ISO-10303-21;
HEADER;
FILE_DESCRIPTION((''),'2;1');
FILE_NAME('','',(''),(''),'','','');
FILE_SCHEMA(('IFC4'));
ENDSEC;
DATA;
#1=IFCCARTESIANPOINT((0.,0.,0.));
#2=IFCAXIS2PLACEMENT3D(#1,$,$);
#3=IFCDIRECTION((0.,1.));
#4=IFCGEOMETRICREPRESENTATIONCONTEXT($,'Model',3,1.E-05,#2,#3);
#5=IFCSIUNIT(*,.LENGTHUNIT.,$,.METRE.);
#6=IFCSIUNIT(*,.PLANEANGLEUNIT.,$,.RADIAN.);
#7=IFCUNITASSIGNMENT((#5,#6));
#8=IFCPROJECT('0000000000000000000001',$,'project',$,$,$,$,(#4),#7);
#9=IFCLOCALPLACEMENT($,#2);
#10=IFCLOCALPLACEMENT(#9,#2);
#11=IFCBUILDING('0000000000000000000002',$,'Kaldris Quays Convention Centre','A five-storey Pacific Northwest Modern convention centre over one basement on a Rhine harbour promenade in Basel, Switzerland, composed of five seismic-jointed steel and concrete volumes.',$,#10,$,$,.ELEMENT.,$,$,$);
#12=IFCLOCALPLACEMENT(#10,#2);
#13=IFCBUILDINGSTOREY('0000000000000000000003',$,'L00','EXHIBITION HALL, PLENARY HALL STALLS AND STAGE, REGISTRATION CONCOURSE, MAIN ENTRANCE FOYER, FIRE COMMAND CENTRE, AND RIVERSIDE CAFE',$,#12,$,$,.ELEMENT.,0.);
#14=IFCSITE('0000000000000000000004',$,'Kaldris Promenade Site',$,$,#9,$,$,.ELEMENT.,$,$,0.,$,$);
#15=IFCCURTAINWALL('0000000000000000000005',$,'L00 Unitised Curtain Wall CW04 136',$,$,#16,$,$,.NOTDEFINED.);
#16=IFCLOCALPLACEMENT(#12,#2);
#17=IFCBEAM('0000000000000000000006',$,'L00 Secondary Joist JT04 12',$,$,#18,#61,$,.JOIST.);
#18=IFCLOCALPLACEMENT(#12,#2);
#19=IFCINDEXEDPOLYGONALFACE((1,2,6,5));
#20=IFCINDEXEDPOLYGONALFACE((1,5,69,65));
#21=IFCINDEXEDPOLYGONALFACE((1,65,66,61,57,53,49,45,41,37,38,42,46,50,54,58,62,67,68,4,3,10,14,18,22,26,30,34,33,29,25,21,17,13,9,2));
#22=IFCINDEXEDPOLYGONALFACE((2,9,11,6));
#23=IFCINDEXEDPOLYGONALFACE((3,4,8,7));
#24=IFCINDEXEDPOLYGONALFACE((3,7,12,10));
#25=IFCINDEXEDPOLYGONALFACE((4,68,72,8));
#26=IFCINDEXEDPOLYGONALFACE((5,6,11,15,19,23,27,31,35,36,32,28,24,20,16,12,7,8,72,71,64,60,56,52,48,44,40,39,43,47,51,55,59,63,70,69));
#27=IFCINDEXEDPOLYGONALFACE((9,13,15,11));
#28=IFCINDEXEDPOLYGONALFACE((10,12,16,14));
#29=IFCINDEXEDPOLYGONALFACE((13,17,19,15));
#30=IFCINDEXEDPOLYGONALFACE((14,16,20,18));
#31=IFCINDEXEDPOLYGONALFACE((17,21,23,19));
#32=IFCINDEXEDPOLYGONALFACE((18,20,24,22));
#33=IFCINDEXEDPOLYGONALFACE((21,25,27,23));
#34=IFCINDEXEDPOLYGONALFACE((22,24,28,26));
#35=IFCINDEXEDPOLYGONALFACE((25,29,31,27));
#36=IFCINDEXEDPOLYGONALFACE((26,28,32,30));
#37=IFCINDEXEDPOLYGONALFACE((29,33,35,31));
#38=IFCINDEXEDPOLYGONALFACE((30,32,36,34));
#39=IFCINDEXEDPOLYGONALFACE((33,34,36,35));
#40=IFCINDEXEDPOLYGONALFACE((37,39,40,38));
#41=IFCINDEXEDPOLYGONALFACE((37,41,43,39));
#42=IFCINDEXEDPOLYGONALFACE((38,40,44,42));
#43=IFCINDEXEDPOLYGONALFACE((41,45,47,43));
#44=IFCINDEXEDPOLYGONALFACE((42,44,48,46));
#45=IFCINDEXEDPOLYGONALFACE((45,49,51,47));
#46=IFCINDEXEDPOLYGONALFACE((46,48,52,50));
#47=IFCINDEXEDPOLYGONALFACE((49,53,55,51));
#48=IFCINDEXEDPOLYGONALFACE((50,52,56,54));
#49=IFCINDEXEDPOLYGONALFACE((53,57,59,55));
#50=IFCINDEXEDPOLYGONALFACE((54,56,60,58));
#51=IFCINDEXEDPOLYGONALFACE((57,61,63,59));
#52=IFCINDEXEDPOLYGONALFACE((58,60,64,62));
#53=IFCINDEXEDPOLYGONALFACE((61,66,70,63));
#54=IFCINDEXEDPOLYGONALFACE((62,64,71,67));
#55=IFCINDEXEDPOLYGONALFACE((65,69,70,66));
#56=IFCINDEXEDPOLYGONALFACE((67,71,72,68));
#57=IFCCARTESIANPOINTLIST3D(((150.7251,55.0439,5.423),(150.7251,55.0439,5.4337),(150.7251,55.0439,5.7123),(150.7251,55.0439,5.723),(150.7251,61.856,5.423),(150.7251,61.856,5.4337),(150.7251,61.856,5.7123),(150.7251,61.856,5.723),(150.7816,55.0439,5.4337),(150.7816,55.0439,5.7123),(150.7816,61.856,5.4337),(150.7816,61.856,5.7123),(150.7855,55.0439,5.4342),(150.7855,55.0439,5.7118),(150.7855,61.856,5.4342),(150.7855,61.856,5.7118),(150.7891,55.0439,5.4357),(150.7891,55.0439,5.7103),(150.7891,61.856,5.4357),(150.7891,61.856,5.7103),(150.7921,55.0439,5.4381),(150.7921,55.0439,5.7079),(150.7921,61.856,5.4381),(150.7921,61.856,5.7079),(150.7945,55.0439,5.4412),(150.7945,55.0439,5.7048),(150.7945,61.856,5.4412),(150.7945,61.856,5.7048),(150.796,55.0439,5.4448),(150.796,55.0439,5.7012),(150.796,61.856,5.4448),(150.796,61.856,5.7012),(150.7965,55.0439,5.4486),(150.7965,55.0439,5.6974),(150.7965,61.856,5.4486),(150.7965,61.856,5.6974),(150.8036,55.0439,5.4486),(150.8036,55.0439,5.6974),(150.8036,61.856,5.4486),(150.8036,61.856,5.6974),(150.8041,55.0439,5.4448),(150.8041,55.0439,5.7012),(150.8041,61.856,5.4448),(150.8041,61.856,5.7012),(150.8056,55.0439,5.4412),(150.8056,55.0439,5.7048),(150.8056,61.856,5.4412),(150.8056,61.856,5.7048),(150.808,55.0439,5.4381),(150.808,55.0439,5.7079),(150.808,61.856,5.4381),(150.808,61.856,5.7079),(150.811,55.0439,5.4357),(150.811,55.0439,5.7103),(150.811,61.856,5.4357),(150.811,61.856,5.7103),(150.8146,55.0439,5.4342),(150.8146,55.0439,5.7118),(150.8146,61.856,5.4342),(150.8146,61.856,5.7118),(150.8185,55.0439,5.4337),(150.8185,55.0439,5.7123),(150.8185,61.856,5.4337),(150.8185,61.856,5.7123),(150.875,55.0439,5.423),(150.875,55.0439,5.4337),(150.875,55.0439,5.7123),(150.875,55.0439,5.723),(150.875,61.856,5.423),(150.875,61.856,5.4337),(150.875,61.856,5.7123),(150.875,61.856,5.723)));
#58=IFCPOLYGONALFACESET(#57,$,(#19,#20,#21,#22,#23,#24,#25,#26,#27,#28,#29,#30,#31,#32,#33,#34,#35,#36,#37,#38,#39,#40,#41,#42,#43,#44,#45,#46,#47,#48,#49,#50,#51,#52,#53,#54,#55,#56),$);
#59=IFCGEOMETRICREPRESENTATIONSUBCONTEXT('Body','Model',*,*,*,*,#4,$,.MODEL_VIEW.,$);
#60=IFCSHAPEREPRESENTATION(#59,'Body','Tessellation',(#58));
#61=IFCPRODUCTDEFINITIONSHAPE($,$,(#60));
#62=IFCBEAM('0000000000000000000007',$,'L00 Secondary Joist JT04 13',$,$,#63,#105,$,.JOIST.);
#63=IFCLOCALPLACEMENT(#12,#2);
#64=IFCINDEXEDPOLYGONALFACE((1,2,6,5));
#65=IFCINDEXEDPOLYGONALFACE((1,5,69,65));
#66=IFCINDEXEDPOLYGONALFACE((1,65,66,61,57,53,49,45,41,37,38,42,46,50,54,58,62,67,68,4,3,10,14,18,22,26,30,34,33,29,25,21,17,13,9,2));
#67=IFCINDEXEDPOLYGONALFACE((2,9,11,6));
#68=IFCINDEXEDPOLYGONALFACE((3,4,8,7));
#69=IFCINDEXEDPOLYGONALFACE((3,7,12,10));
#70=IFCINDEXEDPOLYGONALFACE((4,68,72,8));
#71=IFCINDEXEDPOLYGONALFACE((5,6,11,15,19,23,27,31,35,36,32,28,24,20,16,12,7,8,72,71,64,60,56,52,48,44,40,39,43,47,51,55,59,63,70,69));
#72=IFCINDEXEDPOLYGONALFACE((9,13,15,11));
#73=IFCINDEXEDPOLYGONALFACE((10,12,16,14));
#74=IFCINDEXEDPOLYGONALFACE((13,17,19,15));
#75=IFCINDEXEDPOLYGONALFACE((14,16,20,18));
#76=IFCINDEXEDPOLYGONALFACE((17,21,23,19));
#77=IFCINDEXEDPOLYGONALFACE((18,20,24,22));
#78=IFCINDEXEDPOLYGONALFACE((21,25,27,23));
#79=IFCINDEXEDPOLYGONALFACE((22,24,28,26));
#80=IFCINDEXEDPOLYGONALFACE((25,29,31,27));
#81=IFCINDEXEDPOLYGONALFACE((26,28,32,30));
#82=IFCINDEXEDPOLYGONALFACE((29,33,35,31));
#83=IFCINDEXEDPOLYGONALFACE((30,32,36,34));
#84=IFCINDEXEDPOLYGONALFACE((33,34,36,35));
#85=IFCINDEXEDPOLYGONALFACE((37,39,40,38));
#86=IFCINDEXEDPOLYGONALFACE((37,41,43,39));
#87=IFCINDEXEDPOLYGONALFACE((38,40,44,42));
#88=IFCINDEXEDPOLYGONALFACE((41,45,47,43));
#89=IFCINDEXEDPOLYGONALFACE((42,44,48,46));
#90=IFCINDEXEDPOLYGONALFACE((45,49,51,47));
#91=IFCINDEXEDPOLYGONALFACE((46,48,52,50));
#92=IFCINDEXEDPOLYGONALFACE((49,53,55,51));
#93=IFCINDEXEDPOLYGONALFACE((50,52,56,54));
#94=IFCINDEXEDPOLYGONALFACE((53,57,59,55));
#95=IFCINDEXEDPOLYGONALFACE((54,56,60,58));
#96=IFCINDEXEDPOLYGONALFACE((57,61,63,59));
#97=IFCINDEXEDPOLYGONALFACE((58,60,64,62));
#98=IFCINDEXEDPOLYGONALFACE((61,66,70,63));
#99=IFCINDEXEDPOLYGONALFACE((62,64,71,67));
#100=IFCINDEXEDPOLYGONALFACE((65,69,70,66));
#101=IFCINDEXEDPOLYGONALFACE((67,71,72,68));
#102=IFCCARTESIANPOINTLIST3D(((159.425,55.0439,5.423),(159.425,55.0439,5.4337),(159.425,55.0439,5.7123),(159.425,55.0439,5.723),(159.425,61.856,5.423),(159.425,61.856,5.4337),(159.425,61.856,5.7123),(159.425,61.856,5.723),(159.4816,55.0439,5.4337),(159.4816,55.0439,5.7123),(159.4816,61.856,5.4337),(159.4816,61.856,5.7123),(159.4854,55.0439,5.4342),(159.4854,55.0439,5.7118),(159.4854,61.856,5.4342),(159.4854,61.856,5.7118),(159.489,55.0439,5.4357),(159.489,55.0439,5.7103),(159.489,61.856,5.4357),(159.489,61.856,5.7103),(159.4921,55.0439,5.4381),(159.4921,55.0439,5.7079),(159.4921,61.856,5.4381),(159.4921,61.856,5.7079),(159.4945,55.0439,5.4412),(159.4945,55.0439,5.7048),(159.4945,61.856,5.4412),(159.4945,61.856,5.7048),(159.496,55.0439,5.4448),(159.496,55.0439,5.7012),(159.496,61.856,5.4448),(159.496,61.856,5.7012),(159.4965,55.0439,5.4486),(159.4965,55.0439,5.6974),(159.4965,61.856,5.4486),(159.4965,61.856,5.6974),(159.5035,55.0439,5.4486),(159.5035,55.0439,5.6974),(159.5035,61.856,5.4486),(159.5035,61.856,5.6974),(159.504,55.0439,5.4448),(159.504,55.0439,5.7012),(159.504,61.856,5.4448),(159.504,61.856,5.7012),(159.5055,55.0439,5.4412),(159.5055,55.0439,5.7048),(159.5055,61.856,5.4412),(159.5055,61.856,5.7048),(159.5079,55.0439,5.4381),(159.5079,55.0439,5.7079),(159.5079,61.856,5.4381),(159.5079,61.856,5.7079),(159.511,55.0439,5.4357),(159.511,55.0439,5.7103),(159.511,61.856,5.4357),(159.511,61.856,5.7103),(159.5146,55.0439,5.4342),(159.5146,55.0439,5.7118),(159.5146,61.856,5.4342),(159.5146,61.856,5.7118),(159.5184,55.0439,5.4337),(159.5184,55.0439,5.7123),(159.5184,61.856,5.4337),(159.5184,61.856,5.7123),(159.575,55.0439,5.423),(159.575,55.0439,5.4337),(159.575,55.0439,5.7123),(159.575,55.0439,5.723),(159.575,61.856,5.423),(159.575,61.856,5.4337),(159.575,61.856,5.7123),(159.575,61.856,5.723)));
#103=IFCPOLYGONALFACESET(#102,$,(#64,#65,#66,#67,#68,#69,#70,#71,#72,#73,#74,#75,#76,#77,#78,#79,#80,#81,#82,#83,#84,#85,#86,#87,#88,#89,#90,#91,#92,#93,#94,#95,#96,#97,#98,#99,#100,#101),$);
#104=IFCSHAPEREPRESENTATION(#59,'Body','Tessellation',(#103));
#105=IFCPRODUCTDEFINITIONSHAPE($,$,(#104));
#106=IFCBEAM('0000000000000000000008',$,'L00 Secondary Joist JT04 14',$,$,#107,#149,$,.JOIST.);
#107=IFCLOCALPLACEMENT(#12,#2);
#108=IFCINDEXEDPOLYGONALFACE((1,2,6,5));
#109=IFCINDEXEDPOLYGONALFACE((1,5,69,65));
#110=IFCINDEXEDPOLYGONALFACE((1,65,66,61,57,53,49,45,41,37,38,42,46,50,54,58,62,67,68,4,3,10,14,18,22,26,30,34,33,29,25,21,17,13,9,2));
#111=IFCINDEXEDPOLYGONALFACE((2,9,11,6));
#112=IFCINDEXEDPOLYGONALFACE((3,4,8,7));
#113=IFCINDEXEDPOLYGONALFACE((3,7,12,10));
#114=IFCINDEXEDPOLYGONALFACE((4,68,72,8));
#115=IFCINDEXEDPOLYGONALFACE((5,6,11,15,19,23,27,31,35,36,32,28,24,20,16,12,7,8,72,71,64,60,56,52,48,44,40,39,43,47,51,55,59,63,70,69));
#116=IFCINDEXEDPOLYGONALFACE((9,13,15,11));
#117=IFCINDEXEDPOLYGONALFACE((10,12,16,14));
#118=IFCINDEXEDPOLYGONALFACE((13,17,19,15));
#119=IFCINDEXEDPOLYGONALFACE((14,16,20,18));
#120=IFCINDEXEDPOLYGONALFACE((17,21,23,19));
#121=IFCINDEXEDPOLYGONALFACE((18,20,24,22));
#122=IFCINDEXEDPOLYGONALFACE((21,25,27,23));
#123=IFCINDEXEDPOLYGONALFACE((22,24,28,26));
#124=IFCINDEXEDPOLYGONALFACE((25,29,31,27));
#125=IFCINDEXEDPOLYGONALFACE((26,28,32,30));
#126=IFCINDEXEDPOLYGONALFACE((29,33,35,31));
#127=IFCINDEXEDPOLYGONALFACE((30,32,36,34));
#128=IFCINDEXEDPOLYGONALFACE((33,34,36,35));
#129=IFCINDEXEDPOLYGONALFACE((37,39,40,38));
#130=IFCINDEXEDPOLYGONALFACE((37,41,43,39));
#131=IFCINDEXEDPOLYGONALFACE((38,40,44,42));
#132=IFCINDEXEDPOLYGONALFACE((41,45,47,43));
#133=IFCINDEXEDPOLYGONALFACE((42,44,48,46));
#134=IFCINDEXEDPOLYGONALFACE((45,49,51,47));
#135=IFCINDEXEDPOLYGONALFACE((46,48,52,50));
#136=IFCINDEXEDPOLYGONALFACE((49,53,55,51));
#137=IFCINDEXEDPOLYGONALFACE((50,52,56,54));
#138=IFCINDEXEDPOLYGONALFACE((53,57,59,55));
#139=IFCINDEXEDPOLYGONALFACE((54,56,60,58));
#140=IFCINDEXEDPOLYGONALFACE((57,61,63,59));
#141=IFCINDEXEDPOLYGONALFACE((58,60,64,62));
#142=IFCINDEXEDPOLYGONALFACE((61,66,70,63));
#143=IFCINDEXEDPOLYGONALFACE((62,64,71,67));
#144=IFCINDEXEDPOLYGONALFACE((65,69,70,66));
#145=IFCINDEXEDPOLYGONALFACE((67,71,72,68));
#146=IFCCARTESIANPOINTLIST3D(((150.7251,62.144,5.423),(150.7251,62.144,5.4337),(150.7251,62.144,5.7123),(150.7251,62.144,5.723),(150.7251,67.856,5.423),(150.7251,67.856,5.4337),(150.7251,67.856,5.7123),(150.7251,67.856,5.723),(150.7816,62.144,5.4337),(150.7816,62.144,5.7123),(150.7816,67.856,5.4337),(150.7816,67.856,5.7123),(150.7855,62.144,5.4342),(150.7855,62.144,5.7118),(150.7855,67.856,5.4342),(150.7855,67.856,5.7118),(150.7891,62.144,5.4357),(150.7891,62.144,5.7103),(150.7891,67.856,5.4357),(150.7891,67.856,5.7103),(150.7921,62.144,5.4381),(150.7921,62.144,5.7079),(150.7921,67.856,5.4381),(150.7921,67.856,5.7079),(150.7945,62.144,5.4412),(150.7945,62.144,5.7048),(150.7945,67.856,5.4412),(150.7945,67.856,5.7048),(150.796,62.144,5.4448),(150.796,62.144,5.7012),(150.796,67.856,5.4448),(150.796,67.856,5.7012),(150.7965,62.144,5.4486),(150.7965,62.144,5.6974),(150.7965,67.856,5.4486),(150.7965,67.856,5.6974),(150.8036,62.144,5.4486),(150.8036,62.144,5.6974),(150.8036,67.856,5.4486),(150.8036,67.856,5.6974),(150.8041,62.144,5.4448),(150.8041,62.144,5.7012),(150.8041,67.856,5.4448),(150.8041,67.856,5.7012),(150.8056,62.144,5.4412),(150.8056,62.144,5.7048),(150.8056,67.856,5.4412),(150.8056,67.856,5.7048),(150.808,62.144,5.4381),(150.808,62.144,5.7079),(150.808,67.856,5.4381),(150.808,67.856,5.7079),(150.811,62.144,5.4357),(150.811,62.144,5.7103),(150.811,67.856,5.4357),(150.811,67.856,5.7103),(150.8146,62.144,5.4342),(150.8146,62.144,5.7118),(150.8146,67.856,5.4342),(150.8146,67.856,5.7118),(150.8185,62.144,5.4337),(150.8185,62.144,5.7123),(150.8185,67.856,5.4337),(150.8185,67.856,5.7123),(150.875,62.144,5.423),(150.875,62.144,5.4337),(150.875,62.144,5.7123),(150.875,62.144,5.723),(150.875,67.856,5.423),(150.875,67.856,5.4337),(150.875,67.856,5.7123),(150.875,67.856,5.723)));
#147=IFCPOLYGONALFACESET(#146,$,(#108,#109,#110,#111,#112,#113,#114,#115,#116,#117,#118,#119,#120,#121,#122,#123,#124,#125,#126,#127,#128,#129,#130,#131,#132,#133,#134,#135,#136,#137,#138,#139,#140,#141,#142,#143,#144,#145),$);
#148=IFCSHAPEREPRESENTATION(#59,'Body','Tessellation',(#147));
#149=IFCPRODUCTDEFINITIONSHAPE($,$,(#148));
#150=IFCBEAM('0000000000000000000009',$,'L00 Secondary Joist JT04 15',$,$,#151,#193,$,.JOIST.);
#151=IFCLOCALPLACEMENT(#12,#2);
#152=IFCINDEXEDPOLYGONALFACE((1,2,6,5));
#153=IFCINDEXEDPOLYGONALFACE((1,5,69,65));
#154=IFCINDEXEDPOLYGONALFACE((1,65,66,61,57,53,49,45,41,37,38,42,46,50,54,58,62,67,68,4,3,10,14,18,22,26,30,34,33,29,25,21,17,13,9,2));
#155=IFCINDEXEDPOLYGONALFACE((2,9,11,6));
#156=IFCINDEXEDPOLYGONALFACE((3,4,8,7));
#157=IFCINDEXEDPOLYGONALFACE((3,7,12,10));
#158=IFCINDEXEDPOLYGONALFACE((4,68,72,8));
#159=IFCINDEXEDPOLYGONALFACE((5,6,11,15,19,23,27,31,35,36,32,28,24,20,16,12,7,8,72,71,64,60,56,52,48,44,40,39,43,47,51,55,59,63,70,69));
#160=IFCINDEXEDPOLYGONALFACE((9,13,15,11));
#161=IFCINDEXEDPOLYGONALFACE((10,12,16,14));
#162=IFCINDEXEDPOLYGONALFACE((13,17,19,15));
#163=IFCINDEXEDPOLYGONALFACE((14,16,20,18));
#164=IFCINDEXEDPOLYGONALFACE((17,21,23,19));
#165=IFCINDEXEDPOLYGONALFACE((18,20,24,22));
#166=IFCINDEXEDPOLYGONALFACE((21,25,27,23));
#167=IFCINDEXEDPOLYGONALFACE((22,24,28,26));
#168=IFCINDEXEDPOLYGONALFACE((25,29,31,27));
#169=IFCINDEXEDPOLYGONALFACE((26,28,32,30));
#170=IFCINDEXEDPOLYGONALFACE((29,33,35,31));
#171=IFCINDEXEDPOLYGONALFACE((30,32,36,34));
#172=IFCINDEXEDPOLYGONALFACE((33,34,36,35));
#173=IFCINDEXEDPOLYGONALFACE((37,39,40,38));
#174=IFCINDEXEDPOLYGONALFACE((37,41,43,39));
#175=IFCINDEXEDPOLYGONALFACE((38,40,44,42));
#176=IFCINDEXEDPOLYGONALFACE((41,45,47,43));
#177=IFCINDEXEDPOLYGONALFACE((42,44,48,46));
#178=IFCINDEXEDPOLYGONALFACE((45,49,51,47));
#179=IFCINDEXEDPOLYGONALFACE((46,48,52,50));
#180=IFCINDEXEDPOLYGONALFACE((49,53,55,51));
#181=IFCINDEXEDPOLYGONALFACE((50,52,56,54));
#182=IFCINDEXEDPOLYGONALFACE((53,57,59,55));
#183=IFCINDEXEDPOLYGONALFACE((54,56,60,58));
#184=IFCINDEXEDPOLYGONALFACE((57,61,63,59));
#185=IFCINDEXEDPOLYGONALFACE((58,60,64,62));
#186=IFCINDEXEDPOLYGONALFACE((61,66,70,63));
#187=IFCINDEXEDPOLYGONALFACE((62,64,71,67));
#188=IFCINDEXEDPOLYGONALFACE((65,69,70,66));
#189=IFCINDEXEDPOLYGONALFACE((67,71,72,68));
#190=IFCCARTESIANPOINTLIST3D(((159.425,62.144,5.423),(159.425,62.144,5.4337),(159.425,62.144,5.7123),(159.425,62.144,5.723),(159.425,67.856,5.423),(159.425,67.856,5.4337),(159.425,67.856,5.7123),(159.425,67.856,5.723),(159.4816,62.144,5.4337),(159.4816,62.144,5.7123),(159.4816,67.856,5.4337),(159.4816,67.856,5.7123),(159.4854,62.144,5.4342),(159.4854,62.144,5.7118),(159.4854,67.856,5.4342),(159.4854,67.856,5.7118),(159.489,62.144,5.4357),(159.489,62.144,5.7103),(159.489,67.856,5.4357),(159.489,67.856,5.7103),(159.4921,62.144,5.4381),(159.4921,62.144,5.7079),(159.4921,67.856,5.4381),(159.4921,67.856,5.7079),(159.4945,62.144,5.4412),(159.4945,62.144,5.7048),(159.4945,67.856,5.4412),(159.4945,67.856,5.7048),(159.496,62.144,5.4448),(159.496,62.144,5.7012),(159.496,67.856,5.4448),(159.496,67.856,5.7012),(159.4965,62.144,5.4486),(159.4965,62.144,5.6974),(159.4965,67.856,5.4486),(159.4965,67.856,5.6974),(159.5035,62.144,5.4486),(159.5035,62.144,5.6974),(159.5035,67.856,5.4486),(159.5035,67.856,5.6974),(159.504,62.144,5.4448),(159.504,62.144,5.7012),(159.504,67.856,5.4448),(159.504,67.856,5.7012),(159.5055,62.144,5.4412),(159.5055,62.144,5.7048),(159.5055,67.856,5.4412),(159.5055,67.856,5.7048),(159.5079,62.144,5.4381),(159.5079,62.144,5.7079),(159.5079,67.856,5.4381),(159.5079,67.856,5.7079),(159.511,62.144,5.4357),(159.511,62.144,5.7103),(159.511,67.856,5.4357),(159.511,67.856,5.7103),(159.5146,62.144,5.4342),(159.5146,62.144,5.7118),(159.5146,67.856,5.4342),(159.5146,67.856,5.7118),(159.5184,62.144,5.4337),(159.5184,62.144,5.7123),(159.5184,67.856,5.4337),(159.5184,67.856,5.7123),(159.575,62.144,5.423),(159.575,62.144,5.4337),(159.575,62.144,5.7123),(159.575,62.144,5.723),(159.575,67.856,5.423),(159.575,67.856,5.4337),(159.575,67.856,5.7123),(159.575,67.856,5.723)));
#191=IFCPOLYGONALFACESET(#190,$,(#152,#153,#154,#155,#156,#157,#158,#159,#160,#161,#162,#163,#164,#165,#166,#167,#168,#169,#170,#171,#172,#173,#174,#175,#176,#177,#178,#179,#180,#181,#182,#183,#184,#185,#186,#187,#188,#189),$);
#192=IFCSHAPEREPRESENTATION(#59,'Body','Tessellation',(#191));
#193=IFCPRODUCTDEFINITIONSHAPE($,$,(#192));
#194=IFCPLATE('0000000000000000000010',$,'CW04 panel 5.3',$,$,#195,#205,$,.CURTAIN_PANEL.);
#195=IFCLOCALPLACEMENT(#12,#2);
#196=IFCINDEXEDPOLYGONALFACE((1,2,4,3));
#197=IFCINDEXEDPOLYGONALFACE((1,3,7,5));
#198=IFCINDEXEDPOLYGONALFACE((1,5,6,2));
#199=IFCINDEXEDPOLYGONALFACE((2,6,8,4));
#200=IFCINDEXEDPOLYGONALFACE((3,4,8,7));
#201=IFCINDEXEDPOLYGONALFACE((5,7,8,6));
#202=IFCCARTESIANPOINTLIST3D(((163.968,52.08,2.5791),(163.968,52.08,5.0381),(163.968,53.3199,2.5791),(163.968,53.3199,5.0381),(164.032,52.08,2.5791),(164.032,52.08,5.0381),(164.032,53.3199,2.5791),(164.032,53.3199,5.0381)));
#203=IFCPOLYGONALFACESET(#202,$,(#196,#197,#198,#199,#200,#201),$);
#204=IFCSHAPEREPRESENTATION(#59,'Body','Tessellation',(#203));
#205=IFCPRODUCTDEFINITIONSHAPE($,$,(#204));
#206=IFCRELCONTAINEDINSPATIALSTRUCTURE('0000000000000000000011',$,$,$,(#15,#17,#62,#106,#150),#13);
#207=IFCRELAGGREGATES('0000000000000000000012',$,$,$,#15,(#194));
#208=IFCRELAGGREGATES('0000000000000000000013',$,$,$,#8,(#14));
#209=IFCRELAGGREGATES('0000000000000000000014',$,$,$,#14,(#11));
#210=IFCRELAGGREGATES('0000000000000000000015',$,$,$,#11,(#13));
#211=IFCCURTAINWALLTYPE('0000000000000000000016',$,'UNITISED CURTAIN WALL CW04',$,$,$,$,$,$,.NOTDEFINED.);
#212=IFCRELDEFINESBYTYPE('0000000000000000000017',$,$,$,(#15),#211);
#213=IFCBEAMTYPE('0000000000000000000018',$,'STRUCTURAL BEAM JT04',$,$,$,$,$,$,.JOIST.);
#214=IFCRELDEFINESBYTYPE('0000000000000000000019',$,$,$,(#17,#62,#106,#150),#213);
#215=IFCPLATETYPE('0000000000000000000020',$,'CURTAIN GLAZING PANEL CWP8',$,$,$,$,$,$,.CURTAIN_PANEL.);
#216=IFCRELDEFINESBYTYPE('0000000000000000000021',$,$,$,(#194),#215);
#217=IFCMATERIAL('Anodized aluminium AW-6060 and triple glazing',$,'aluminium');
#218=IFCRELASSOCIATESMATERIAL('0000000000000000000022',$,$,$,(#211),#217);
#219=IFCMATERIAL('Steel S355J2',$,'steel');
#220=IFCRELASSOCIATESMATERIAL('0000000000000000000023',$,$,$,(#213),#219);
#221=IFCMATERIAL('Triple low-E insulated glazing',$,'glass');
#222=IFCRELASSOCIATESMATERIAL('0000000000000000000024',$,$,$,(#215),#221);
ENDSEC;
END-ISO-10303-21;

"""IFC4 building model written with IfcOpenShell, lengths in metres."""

from ifc_helpers import new_model, si_unit, direction, frame, origin, origin_2d, place, context, subcontext, project, spatial, rectangle, i_section, extrude, material, material_profile, profile_set, type_object, element, aggregate, save


model = new_model("IFC4")

# Units and contexts
model_context = context("Model", 3, precision=1e-05, world=origin(), true_north=direction((0.0, 1.0)))
body_context = subcontext(model_context, "Body", "Model", "MODEL_VIEW")
ifc_project = project(units=[si_unit("LENGTHUNIT", "METRE"), si_unit("PLANEANGLEUNIT", "RADIAN")], contexts=[model_context])

# Site, building, storey
site_placement = place(None, origin())
site = spatial("IfcSite", under=ifc_project, at=site_placement, Name="Kaldris Promenade Site", CompositionType="ELEMENT", RefElevation=0.0)
building_placement = place(site_placement, origin())
building = spatial("IfcBuilding", under=site, at=building_placement, Name="Kaldris Quays Convention Centre", Description="A five-storey Pacific Northwest Modern convention centre over one basement on a Rhine harbour promenade in Basel, Switzerland, composed of five seismic-jointed steel and concrete volumes.", CompositionType="ELEMENT")
storey_placement = place(building_placement, origin())
storey = spatial("IfcBuildingStorey", under=building, at=storey_placement, Name="L00", Description="EXHIBITION HALL, PLENARY HALL STALLS AND STAGE, REGISTRATION CONCOURSE, MAIN ENTRANCE FOYER, FIRE COMMAND CENTRE, AND RIVERSIDE CAFE", CompositionType="ELEMENT", Elevation=0.0)

# Shared definitions
ifc_material_1 = material(Name="Steel S355J2", Category="steel")

# Curtain wall
ifc_material_2 = material(Name="Anodized aluminium AW-6060 and triple glazing", Category="aluminium")
curtain_wall_type = type_object("IfcCurtainWallType", Name="UNITISED CURTAIN WALL CW04", PredefinedType="NOTDEFINED", material=ifc_material_2)
curtain_wall_placement = place(storey_placement, origin())
curtain_wall = element("IfcCurtainWall", 1, at=curtain_wall_placement, inside=storey, type_object=curtain_wall_type, Name="L00 Unitised Curtain Wall CW04 136", PredefinedType="NOTDEFINED")

# Beams
ifc_material_profile_1 = material_profile(ifc_material_1, i_section(OverallWidth=0.1499, OverallDepth=0.3, WebThickness=0.0071, FlangeThickness=0.0107, FilletRadius=0.0149, at=origin_2d()), Name="IPE 300")
ifc_profile_set_1 = profile_set([ifc_material_profile_1], Name="Steel S355J2")
beam_type_1 = type_object("IfcBeamType", Name="STRUCTURAL BEAM JT04", PredefinedType="JOIST", material=ifc_profile_set_1)
for number, where, z_axis, x_axis, name in (
    (2, (150.8, 55.0439, 5.573), (0.0, 1.0, 0.0), (-1.0, 0.0, 0.0), "L00 Secondary Joist JT04 12"),
    (3, (159.5, 55.0439, 5.573), (0.0, 1.0, 0.0), (-1.0, 0.0, 0.0), "L00 Secondary Joist JT04 13"),
):
    element("IfcBeam", number, at=place(storey_placement, frame(where, z_axis=z_axis, x_axis=x_axis)), inside=storey, type_object=beam_type_1, Name=name, PredefinedType="JOIST", context=body_context, shape_type="SweptSolid", body=[
        extrude(i_section(OverallWidth=0.1499, OverallDepth=0.3, WebThickness=0.0071, FlangeThickness=0.0107, FilletRadius=0.0149, at=origin_2d()), origin(), (0.0, 0.0, 1.0), 6.812),
    ])
for number, where, z_axis, x_axis, name in (
    (4, (150.8, 62.144, 5.573), (0.0, 1.0, 0.0), (-1.0, 0.0, 0.0), "L00 Secondary Joist JT04 14"),
    (5, (159.5, 62.144, 5.573), (0.0, 1.0, 0.0), (-1.0, 0.0, 0.0), "L00 Secondary Joist JT04 15"),
):
    element("IfcBeam", number, at=place(storey_placement, frame(where, z_axis=z_axis, x_axis=x_axis)), inside=storey, type_object=beam_type_1, Name=name, PredefinedType="JOIST", context=body_context, shape_type="SweptSolid", body=[
        extrude(i_section(OverallWidth=0.1499, OverallDepth=0.3, WebThickness=0.0071, FlangeThickness=0.0107, FilletRadius=0.0149, at=origin_2d()), origin(), (0.0, 0.0, 1.0), 5.7119),
    ])

# Plate
ifc_material_3 = material(Name="Triple low-E insulated glazing", Category="glass")
plate_type = type_object("IfcPlateType", Name="CURTAIN GLAZING PANEL CWP8", PredefinedType="CURTAIN_PANEL", material=ifc_material_3)
plate_placement = place(storey_placement, frame((164.0, 52.7, 2.5791), z_axis=(0.0, 0.0, 1.0), x_axis=(0.0, 1.0, 0.0)))
plate = element("IfcPlate", 6, at=plate_placement, type_object=plate_type, Name="CW04 panel 5.3", PredefinedType="CURTAIN_PANEL", context=body_context, shape_type="SweptSolid", body=[
    extrude(rectangle(XDim=1.24, YDim=0.064, at=origin_2d()), origin(), (0.0, 0.0, 1.0), 2.459),
])
aggregate(curtain_wall, [plate])

save(model, "model.ifc")
